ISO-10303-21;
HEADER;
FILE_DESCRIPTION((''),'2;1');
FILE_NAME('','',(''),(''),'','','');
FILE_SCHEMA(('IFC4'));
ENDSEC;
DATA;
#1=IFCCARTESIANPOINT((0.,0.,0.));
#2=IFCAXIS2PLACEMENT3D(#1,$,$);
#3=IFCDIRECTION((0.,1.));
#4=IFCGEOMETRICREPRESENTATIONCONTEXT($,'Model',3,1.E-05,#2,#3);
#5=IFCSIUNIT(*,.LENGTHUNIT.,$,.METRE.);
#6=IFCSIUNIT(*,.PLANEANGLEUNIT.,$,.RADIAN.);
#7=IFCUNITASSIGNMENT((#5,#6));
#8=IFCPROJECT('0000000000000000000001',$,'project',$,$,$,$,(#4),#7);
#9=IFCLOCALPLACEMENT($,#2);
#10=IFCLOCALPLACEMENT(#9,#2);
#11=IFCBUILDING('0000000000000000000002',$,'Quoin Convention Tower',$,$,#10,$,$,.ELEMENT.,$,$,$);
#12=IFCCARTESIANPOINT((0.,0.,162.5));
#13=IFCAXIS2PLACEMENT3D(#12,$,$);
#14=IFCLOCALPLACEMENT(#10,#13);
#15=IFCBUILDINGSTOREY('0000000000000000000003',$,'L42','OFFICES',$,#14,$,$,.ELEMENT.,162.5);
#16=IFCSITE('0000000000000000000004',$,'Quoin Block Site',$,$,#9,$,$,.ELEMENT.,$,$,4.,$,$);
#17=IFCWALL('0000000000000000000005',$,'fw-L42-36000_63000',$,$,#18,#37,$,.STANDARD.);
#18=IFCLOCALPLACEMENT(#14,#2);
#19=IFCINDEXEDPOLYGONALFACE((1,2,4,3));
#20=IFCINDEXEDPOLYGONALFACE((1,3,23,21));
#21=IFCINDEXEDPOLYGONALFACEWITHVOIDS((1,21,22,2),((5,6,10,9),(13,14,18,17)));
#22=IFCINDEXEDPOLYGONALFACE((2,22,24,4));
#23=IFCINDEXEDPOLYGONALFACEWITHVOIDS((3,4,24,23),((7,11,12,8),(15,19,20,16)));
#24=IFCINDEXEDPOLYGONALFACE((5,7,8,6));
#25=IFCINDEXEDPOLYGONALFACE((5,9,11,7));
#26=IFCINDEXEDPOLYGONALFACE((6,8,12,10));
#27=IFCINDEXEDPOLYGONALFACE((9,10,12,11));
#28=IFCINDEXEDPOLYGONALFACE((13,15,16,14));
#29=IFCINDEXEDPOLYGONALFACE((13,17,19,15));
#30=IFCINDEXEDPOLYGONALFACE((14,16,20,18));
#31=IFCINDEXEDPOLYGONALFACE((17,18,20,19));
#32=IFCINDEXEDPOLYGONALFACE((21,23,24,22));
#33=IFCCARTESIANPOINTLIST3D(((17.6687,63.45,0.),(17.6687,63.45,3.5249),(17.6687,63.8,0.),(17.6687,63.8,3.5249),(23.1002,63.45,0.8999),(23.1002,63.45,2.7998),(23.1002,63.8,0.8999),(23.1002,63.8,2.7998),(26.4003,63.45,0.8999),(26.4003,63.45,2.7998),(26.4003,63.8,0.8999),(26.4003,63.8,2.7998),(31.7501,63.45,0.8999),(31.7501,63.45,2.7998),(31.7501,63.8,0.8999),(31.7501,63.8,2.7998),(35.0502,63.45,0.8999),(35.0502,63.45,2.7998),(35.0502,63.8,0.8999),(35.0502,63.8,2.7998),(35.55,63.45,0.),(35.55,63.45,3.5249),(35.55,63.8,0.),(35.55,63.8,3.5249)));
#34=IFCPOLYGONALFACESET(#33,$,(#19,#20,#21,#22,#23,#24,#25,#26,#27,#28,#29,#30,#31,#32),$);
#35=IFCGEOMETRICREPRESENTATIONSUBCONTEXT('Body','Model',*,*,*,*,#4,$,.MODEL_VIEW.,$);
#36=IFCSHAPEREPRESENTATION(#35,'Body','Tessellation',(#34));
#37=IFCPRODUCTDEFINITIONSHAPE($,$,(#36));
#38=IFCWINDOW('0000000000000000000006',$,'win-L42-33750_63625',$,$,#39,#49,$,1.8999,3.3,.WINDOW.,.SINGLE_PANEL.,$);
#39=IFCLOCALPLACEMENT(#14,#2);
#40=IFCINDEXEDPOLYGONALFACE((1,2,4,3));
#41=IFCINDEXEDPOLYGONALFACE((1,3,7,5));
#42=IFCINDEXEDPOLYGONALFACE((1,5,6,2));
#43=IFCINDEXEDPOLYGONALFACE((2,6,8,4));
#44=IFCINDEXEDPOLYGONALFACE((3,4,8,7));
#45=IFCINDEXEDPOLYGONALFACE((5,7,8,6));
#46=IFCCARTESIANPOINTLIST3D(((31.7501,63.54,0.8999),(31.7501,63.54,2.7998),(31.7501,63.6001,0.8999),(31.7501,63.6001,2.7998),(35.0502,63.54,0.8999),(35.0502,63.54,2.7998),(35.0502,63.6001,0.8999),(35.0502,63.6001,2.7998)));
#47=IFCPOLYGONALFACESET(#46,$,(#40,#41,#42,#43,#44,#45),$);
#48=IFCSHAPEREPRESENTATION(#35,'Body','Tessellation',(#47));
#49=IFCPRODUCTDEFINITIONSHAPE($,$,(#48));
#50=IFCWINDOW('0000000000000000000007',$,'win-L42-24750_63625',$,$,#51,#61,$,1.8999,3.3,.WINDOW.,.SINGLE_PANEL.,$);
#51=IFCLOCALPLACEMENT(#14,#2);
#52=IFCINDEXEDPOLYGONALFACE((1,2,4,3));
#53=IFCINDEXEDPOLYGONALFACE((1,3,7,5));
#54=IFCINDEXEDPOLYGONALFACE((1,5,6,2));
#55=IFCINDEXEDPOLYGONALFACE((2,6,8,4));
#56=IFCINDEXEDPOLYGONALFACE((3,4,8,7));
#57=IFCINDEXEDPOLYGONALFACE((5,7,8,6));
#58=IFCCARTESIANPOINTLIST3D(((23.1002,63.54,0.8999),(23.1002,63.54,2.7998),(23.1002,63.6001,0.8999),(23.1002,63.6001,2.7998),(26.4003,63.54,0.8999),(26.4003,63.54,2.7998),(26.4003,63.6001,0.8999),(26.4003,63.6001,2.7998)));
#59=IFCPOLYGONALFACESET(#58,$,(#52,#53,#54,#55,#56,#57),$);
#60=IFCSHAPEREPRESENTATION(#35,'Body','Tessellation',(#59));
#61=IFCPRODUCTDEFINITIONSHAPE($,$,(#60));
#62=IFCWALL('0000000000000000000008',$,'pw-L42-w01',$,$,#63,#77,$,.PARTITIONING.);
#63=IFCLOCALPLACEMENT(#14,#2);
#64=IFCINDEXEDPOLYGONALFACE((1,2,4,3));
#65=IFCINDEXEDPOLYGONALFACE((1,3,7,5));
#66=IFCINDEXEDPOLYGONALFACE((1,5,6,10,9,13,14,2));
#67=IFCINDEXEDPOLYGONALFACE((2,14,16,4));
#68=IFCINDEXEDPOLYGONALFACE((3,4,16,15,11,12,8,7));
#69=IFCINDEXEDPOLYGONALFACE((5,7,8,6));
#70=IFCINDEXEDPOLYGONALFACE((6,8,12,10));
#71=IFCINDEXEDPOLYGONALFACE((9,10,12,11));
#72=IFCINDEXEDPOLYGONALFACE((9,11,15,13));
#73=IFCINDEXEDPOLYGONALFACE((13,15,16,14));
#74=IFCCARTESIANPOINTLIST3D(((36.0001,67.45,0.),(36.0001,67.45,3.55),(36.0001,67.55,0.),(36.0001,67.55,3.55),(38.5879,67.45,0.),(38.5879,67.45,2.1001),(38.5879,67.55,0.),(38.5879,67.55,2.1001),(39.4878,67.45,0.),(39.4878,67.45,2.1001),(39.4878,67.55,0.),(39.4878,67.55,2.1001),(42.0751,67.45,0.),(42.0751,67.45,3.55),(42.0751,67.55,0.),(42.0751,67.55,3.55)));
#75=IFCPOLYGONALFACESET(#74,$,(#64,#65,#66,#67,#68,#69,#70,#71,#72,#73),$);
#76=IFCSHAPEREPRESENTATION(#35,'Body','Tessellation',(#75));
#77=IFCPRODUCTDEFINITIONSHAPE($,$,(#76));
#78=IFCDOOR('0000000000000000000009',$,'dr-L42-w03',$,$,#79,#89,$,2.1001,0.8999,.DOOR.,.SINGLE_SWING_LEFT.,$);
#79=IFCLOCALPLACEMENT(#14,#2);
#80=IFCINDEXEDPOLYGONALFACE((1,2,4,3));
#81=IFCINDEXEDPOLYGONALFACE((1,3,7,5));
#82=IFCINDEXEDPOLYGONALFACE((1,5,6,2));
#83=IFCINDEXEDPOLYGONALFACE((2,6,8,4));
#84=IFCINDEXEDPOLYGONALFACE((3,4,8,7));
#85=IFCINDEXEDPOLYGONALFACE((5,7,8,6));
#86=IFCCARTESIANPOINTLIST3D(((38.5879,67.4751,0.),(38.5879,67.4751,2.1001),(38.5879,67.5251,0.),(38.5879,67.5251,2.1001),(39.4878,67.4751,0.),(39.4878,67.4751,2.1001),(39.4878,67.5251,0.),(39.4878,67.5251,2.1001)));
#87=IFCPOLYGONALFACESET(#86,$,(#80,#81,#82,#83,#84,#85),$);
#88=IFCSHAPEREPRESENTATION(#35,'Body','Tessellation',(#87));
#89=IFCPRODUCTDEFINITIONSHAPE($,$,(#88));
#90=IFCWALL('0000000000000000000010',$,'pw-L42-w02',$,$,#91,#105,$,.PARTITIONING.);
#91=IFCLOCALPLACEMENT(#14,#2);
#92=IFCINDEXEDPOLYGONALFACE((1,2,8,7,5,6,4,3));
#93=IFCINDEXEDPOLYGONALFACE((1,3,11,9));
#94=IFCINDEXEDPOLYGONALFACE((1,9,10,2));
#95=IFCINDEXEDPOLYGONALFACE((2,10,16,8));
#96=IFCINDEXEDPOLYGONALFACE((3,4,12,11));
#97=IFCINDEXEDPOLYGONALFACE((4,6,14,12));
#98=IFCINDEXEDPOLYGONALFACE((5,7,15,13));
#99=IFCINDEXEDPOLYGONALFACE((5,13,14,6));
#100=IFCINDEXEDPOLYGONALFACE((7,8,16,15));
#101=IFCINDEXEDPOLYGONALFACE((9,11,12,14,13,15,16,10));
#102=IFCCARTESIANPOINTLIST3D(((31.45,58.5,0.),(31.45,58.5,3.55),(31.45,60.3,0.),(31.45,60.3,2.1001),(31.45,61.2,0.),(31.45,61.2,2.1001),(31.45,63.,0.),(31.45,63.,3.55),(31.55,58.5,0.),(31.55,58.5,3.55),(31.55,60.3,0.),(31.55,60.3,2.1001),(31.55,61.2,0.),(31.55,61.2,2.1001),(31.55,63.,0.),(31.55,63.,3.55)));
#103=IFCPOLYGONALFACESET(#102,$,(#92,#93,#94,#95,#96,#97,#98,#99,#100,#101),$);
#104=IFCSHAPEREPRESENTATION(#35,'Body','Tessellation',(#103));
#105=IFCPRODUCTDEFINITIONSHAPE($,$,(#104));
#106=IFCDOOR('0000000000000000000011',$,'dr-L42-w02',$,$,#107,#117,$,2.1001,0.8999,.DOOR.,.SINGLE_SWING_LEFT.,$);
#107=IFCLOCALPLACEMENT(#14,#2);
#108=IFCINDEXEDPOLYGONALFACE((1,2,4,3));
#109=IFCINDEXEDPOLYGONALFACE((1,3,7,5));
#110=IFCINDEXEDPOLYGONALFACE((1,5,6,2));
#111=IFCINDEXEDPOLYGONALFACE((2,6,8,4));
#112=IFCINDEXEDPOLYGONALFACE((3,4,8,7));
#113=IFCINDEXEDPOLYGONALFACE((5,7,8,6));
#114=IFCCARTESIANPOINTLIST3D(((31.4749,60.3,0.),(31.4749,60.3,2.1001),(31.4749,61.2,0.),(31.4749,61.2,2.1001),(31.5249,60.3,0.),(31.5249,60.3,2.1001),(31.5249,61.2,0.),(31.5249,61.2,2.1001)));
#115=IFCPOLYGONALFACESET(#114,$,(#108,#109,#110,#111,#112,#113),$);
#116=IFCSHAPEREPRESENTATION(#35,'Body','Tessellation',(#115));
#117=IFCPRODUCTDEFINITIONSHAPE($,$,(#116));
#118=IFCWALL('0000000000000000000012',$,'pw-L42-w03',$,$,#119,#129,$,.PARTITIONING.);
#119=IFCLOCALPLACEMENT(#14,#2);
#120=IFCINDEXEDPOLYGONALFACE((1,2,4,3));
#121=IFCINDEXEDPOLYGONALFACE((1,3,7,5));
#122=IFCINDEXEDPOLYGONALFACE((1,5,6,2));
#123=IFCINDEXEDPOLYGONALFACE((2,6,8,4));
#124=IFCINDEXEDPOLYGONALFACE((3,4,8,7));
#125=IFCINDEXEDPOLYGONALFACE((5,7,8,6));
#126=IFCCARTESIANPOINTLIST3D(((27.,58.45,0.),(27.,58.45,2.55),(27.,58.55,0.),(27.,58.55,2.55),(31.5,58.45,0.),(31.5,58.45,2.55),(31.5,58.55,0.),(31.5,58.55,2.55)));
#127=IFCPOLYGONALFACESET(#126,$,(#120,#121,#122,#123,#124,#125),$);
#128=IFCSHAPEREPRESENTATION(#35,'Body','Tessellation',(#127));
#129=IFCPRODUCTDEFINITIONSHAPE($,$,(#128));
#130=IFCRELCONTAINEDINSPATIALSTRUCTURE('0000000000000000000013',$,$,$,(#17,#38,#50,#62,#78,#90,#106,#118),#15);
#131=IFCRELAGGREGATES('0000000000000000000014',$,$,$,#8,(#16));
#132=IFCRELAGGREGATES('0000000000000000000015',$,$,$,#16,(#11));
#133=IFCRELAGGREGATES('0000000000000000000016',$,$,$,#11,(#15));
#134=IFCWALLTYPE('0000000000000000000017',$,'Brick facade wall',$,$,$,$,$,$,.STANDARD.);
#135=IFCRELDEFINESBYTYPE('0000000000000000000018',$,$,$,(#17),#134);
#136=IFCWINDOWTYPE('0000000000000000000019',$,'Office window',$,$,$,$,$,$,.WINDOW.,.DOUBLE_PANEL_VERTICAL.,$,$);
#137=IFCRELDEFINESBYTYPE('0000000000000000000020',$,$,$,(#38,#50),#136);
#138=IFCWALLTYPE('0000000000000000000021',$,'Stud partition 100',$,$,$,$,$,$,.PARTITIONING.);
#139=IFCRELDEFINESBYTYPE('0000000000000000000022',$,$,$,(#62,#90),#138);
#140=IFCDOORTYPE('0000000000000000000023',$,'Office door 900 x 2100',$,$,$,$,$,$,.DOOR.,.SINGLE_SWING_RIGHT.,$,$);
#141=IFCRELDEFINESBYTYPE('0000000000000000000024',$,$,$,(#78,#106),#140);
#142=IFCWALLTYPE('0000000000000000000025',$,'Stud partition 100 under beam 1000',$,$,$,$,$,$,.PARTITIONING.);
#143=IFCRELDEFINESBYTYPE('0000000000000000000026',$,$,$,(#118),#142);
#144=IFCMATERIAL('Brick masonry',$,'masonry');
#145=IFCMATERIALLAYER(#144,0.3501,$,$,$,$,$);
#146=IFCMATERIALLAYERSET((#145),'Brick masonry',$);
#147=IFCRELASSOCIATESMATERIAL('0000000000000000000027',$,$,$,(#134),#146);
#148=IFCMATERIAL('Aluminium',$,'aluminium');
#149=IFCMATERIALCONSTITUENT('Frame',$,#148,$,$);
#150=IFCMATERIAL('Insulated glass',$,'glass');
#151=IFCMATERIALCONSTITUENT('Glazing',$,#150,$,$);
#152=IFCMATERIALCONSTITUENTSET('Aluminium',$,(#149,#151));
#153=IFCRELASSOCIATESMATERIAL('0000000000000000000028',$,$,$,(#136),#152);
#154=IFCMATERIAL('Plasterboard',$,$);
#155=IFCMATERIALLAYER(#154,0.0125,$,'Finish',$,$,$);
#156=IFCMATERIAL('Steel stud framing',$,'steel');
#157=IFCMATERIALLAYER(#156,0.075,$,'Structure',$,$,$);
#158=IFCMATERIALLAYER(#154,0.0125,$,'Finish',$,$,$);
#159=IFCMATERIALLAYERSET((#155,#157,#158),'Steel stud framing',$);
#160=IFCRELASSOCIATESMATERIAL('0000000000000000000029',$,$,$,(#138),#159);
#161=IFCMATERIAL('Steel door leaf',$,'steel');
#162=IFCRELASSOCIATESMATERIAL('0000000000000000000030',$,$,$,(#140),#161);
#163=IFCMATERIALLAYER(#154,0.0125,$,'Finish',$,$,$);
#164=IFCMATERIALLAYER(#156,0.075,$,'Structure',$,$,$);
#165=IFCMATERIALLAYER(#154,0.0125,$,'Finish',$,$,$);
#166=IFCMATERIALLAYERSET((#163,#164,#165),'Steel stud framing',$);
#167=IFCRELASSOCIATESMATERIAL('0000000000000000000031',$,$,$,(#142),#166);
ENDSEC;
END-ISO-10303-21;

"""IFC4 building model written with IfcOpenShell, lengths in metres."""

from ifc_helpers import new_model, si_unit, direction, frame, frame_2d, origin, place, context, subcontext, project, spatial, rectangle, extrude, material, layer, layer_set, constituent, constituent_set, type_object, element, fill, save


model = new_model("IFC4")

# Units and contexts
model_context = context("Model", 3, precision=1e-05, world=origin(), true_north=direction((0.0, 1.0)))
body_context = subcontext(model_context, "Body", "Model", "MODEL_VIEW")
ifc_project = project(units=[si_unit("LENGTHUNIT", "METRE"), si_unit("PLANEANGLEUNIT", "RADIAN")], contexts=[model_context])

# Site, building, storey
site_placement = place(None, origin())
site = spatial("IfcSite", under=ifc_project, at=site_placement, Name="Quoin Block Site", CompositionType="ELEMENT", RefElevation=4.0)
building_placement = place(site_placement, origin())
building = spatial("IfcBuilding", under=site, at=building_placement, Name="Quoin Convention Tower", CompositionType="ELEMENT")
storey_placement = place(building_placement, frame((0.0, 0.0, 162.5)))
storey = spatial("IfcBuildingStorey", under=building, at=storey_placement, Name="L42", Description="OFFICES", CompositionType="ELEMENT", Elevation=162.5)

# Shared definitions
ifc_material_1 = material(Name="Brick masonry", Category="masonry")
ifc_layer_1 = layer(ifc_material_1, 0.3501)
ifc_layer_set_1 = layer_set([ifc_layer_1], Name="Brick masonry")
wall_type_1 = type_object("IfcWallType", Name="Brick facade wall", PredefinedType="STANDARD", material=ifc_layer_set_1)
ifc_material_2 = material(Name="Aluminium", Category="aluminium")
ifc_constituent_1 = constituent(ifc_material_2, Name="Frame")
ifc_material_3 = material(Name="Insulated glass", Category="glass")
ifc_constituent_2 = constituent(ifc_material_3, Name="Glazing")
ifc_constituent_set = constituent_set(constituents=[ifc_constituent_1, ifc_constituent_2], Name="Aluminium")
window_type = type_object("IfcWindowType", Name="Office window", PartitioningType="DOUBLE_PANEL_VERTICAL", PredefinedType="WINDOW", material=ifc_constituent_set)

# Wall, openings, windows
wall_1_placement = place(storey_placement, frame((35.55, 63.625, 0.0), z_axis=(0.0, 0.0, 1.0), x_axis=(-1.0, 0.0, 0.0)))
wall_1 = element("IfcWall", 1, at=wall_1_placement, inside=storey, type_object=wall_type_1, Name="fw-L42-36000_63000", PredefinedType="STANDARD", context=body_context, shape_type="SweptSolid", body=[
    extrude(rectangle(XDim=17.8813, YDim=0.3501, at=frame_2d((8.9407, 0.0))), origin(), (0.0, 0.0, 1.0), 3.5249),
])
opening_1_placement = place(wall_1_placement, frame((0.5, 0.0, 0.8999)))
opening_1 = element("IfcOpeningElement", 2, at=opening_1_placement, cuts=wall_1, PredefinedType="OPENING", context=body_context, shape_type="SweptSolid", body=[
    extrude(rectangle(XDim=3.3, YDim=1.8999, at=frame_2d((1.6499, 0.95))), frame((0.0, 0.1851, 0.0), z_axis=(0.0, -1.0, 0.0), x_axis=(1.0, 0.0, 0.0)), (0.0, 0.0, 1.0), 0.3701),
])
opening_2_placement = place(wall_1_placement, frame((9.1499, 0.0, 0.8999)))
opening_2 = element("IfcOpeningElement", 3, at=opening_2_placement, cuts=wall_1, PredefinedType="OPENING", context=body_context, shape_type="SweptSolid", body=[
    extrude(rectangle(XDim=3.3, YDim=1.8999, at=frame_2d((1.6499, 0.95))), frame((0.0, 0.1851, 0.0), z_axis=(0.0, -1.0, 0.0), x_axis=(1.0, 0.0, 0.0)), (0.0, 0.0, 1.0), 0.3701),
])
window_1_placement = place(opening_1_placement, origin())
window_1 = element("IfcWindow", 4, at=window_1_placement, inside=storey, type_object=window_type, Name="win-L42-33750_63625", OverallHeight=1.8999, OverallWidth=3.3, PartitioningType="SINGLE_PANEL", PredefinedType="WINDOW", context=body_context, shape_type="SweptSolid", body=[
    extrude(rectangle(XDim=3.3, YDim=1.8999, at=frame_2d((1.6499, 0.95))), frame((0.0, 0.085, 0.0), z_axis=(0.0, -1.0, 0.0), x_axis=(1.0, 0.0, 0.0)), (0.0, 0.0, 1.0), 0.0601),
])
fill(opening_1, window_1)
window_2_placement = place(opening_2_placement, origin())
window_2 = element("IfcWindow", 5, at=window_2_placement, inside=storey, type_object=window_type, Name="win-L42-24750_63625", OverallHeight=1.8999, OverallWidth=3.3, PartitioningType="SINGLE_PANEL", PredefinedType="WINDOW", context=body_context, shape_type="SweptSolid", body=[
    extrude(rectangle(XDim=3.3, YDim=1.8999, at=frame_2d((1.6499, 0.95))), frame((0.0, 0.085, 0.0), z_axis=(0.0, -1.0, 0.0), x_axis=(1.0, 0.0, 0.0)), (0.0, 0.0, 1.0), 0.0601),
])
fill(opening_2, window_2)

# Walls, openings, doors
ifc_material_4 = material(Name="Plasterboard")
ifc_layer_2 = layer(ifc_material_4, 0.0125, Name="Finish")
ifc_material_5 = material(Name="Steel stud framing", Category="steel")
ifc_layer_3 = layer(ifc_material_5, 0.075, Name="Structure")
ifc_layer_4 = layer(ifc_material_4, 0.0125, Name="Finish")
ifc_layer_set_2 = layer_set([ifc_layer_2, ifc_layer_3, ifc_layer_4], Name="Steel stud framing")
wall_type_2 = type_object("IfcWallType", Name="Stud partition 100", PredefinedType="PARTITIONING", material=ifc_layer_set_2)
wall_2_placement = place(storey_placement, frame((36.0, 67.5, 0.0), z_axis=(0.0, 0.0, 1.0), x_axis=(1.0, 0.0, 0.0)))
wall_2 = element("IfcWall", 6, at=wall_2_placement, inside=storey, type_object=wall_type_2, Name="pw-L42-w01", PredefinedType="PARTITIONING", context=body_context, shape_type="SweptSolid", body=[
    extrude(rectangle(XDim=6.075, YDim=0.1001, at=frame_2d((3.0376, 0.0))), origin(), (0.0, 0.0, 1.0), 3.55),
])
opening_3_placement = place(wall_2_placement, frame((2.5879, 0.0, 0.0)))
opening_3 = element("IfcOpeningElement", 7, at=opening_3_placement, cuts=wall_2, PredefinedType="OPENING", context=body_context, shape_type="SweptSolid", body=[
    extrude(rectangle(XDim=0.8999, YDim=2.1001, at=frame_2d((0.45, 1.05))), frame((0.0, 0.0601, 0.0), z_axis=(0.0, -1.0, 0.0), x_axis=(1.0, 0.0, 0.0)), (0.0, 0.0, 1.0), 0.1201),
])
ifc_material_6 = material(Name="Steel door leaf", Category="steel")
door_type = type_object("IfcDoorType", Name="Office door 900 x 2100", OperationType="SINGLE_SWING_RIGHT", PredefinedType="DOOR", material=ifc_material_6)
door_1_placement = place(opening_3_placement, frame((0.8999, 0.0, 0.0), z_axis=(0.0, 0.0, 1.0), x_axis=(-1.0, 0.0, 0.0)))
door_1 = element("IfcDoor", 8, at=door_1_placement, inside=storey, type_object=door_type, Name="dr-L42-w03", OperationType="SINGLE_SWING_LEFT", OverallHeight=2.1001, OverallWidth=0.8999, PredefinedType="DOOR", context=body_context, shape_type="SweptSolid", body=[
    extrude(rectangle(XDim=0.8999, YDim=2.1001, at=frame_2d((0.45, 1.05))), frame((0.0, 0.0249, 0.0), z_axis=(0.0, -1.0, 0.0), x_axis=(1.0, 0.0, 0.0)), (0.0, 0.0, 1.0), 0.05),
])
fill(opening_3, door_1)
wall_3_placement = place(storey_placement, frame((31.5, 63.0, 0.0), z_axis=(0.0, 0.0, 1.0), x_axis=(0.0, -1.0, 0.0)))
wall_3 = element("IfcWall", 9, at=wall_3_placement, inside=storey, type_object=wall_type_2, Name="pw-L42-w02", PredefinedType="PARTITIONING", context=body_context, shape_type="SweptSolid", body=[
    extrude(rectangle(XDim=4.5, YDim=0.1001, at=frame_2d((2.25, 0.0))), origin(), (0.0, 0.0, 1.0), 3.55),
])
opening_4_placement = place(wall_3_placement, frame((1.8, 0.0, 0.0)))
opening_4 = element("IfcOpeningElement", 10, at=opening_4_placement, cuts=wall_3, PredefinedType="OPENING", context=body_context, shape_type="SweptSolid", body=[
    extrude(rectangle(XDim=0.8999, YDim=2.1001, at=frame_2d((0.45, 1.05))), frame((0.0, 0.0601, 0.0), z_axis=(0.0, -1.0, 0.0), x_axis=(1.0, 0.0, 0.0)), (0.0, 0.0, 1.0), 0.1201),
])
door_2_placement = place(opening_4_placement, origin())
door_2 = element("IfcDoor", 11, at=door_2_placement, inside=storey, type_object=door_type, Name="dr-L42-w02", OperationType="SINGLE_SWING_LEFT", OverallHeight=2.1001, OverallWidth=0.8999, PredefinedType="DOOR", context=body_context, shape_type="SweptSolid", body=[
    extrude(rectangle(XDim=0.8999, YDim=2.1001, at=frame_2d((0.45, 1.05))), frame((0.0, 0.0249, 0.0), z_axis=(0.0, -1.0, 0.0), x_axis=(1.0, 0.0, 0.0)), (0.0, 0.0, 1.0), 0.05),
])
fill(opening_4, door_2)

# Wall
ifc_layer_5 = layer(ifc_material_4, 0.0125, Name="Finish")
ifc_layer_6 = layer(ifc_material_5, 0.075, Name="Structure")
ifc_layer_7 = layer(ifc_material_4, 0.0125, Name="Finish")
ifc_layer_set_3 = layer_set([ifc_layer_5, ifc_layer_6, ifc_layer_7], Name="Steel stud framing")
wall_type_3 = type_object("IfcWallType", Name="Stud partition 100 under beam 1000", PredefinedType="PARTITIONING", material=ifc_layer_set_3)
wall_4_placement = place(storey_placement, frame((31.5, 58.5, 0.0), z_axis=(0.0, 0.0, 1.0), x_axis=(-1.0, 0.0, 0.0)))
element("IfcWall", 12, at=wall_4_placement, inside=storey, type_object=wall_type_3, Name="pw-L42-w03", PredefinedType="PARTITIONING", context=body_context, shape_type="SweptSolid", body=[
    extrude(rectangle(XDim=4.5, YDim=0.1001, at=frame_2d((2.25, 0.0))), origin(), (0.0, 0.0, 1.0), 2.55),
])

save(model, "model.ifc")
